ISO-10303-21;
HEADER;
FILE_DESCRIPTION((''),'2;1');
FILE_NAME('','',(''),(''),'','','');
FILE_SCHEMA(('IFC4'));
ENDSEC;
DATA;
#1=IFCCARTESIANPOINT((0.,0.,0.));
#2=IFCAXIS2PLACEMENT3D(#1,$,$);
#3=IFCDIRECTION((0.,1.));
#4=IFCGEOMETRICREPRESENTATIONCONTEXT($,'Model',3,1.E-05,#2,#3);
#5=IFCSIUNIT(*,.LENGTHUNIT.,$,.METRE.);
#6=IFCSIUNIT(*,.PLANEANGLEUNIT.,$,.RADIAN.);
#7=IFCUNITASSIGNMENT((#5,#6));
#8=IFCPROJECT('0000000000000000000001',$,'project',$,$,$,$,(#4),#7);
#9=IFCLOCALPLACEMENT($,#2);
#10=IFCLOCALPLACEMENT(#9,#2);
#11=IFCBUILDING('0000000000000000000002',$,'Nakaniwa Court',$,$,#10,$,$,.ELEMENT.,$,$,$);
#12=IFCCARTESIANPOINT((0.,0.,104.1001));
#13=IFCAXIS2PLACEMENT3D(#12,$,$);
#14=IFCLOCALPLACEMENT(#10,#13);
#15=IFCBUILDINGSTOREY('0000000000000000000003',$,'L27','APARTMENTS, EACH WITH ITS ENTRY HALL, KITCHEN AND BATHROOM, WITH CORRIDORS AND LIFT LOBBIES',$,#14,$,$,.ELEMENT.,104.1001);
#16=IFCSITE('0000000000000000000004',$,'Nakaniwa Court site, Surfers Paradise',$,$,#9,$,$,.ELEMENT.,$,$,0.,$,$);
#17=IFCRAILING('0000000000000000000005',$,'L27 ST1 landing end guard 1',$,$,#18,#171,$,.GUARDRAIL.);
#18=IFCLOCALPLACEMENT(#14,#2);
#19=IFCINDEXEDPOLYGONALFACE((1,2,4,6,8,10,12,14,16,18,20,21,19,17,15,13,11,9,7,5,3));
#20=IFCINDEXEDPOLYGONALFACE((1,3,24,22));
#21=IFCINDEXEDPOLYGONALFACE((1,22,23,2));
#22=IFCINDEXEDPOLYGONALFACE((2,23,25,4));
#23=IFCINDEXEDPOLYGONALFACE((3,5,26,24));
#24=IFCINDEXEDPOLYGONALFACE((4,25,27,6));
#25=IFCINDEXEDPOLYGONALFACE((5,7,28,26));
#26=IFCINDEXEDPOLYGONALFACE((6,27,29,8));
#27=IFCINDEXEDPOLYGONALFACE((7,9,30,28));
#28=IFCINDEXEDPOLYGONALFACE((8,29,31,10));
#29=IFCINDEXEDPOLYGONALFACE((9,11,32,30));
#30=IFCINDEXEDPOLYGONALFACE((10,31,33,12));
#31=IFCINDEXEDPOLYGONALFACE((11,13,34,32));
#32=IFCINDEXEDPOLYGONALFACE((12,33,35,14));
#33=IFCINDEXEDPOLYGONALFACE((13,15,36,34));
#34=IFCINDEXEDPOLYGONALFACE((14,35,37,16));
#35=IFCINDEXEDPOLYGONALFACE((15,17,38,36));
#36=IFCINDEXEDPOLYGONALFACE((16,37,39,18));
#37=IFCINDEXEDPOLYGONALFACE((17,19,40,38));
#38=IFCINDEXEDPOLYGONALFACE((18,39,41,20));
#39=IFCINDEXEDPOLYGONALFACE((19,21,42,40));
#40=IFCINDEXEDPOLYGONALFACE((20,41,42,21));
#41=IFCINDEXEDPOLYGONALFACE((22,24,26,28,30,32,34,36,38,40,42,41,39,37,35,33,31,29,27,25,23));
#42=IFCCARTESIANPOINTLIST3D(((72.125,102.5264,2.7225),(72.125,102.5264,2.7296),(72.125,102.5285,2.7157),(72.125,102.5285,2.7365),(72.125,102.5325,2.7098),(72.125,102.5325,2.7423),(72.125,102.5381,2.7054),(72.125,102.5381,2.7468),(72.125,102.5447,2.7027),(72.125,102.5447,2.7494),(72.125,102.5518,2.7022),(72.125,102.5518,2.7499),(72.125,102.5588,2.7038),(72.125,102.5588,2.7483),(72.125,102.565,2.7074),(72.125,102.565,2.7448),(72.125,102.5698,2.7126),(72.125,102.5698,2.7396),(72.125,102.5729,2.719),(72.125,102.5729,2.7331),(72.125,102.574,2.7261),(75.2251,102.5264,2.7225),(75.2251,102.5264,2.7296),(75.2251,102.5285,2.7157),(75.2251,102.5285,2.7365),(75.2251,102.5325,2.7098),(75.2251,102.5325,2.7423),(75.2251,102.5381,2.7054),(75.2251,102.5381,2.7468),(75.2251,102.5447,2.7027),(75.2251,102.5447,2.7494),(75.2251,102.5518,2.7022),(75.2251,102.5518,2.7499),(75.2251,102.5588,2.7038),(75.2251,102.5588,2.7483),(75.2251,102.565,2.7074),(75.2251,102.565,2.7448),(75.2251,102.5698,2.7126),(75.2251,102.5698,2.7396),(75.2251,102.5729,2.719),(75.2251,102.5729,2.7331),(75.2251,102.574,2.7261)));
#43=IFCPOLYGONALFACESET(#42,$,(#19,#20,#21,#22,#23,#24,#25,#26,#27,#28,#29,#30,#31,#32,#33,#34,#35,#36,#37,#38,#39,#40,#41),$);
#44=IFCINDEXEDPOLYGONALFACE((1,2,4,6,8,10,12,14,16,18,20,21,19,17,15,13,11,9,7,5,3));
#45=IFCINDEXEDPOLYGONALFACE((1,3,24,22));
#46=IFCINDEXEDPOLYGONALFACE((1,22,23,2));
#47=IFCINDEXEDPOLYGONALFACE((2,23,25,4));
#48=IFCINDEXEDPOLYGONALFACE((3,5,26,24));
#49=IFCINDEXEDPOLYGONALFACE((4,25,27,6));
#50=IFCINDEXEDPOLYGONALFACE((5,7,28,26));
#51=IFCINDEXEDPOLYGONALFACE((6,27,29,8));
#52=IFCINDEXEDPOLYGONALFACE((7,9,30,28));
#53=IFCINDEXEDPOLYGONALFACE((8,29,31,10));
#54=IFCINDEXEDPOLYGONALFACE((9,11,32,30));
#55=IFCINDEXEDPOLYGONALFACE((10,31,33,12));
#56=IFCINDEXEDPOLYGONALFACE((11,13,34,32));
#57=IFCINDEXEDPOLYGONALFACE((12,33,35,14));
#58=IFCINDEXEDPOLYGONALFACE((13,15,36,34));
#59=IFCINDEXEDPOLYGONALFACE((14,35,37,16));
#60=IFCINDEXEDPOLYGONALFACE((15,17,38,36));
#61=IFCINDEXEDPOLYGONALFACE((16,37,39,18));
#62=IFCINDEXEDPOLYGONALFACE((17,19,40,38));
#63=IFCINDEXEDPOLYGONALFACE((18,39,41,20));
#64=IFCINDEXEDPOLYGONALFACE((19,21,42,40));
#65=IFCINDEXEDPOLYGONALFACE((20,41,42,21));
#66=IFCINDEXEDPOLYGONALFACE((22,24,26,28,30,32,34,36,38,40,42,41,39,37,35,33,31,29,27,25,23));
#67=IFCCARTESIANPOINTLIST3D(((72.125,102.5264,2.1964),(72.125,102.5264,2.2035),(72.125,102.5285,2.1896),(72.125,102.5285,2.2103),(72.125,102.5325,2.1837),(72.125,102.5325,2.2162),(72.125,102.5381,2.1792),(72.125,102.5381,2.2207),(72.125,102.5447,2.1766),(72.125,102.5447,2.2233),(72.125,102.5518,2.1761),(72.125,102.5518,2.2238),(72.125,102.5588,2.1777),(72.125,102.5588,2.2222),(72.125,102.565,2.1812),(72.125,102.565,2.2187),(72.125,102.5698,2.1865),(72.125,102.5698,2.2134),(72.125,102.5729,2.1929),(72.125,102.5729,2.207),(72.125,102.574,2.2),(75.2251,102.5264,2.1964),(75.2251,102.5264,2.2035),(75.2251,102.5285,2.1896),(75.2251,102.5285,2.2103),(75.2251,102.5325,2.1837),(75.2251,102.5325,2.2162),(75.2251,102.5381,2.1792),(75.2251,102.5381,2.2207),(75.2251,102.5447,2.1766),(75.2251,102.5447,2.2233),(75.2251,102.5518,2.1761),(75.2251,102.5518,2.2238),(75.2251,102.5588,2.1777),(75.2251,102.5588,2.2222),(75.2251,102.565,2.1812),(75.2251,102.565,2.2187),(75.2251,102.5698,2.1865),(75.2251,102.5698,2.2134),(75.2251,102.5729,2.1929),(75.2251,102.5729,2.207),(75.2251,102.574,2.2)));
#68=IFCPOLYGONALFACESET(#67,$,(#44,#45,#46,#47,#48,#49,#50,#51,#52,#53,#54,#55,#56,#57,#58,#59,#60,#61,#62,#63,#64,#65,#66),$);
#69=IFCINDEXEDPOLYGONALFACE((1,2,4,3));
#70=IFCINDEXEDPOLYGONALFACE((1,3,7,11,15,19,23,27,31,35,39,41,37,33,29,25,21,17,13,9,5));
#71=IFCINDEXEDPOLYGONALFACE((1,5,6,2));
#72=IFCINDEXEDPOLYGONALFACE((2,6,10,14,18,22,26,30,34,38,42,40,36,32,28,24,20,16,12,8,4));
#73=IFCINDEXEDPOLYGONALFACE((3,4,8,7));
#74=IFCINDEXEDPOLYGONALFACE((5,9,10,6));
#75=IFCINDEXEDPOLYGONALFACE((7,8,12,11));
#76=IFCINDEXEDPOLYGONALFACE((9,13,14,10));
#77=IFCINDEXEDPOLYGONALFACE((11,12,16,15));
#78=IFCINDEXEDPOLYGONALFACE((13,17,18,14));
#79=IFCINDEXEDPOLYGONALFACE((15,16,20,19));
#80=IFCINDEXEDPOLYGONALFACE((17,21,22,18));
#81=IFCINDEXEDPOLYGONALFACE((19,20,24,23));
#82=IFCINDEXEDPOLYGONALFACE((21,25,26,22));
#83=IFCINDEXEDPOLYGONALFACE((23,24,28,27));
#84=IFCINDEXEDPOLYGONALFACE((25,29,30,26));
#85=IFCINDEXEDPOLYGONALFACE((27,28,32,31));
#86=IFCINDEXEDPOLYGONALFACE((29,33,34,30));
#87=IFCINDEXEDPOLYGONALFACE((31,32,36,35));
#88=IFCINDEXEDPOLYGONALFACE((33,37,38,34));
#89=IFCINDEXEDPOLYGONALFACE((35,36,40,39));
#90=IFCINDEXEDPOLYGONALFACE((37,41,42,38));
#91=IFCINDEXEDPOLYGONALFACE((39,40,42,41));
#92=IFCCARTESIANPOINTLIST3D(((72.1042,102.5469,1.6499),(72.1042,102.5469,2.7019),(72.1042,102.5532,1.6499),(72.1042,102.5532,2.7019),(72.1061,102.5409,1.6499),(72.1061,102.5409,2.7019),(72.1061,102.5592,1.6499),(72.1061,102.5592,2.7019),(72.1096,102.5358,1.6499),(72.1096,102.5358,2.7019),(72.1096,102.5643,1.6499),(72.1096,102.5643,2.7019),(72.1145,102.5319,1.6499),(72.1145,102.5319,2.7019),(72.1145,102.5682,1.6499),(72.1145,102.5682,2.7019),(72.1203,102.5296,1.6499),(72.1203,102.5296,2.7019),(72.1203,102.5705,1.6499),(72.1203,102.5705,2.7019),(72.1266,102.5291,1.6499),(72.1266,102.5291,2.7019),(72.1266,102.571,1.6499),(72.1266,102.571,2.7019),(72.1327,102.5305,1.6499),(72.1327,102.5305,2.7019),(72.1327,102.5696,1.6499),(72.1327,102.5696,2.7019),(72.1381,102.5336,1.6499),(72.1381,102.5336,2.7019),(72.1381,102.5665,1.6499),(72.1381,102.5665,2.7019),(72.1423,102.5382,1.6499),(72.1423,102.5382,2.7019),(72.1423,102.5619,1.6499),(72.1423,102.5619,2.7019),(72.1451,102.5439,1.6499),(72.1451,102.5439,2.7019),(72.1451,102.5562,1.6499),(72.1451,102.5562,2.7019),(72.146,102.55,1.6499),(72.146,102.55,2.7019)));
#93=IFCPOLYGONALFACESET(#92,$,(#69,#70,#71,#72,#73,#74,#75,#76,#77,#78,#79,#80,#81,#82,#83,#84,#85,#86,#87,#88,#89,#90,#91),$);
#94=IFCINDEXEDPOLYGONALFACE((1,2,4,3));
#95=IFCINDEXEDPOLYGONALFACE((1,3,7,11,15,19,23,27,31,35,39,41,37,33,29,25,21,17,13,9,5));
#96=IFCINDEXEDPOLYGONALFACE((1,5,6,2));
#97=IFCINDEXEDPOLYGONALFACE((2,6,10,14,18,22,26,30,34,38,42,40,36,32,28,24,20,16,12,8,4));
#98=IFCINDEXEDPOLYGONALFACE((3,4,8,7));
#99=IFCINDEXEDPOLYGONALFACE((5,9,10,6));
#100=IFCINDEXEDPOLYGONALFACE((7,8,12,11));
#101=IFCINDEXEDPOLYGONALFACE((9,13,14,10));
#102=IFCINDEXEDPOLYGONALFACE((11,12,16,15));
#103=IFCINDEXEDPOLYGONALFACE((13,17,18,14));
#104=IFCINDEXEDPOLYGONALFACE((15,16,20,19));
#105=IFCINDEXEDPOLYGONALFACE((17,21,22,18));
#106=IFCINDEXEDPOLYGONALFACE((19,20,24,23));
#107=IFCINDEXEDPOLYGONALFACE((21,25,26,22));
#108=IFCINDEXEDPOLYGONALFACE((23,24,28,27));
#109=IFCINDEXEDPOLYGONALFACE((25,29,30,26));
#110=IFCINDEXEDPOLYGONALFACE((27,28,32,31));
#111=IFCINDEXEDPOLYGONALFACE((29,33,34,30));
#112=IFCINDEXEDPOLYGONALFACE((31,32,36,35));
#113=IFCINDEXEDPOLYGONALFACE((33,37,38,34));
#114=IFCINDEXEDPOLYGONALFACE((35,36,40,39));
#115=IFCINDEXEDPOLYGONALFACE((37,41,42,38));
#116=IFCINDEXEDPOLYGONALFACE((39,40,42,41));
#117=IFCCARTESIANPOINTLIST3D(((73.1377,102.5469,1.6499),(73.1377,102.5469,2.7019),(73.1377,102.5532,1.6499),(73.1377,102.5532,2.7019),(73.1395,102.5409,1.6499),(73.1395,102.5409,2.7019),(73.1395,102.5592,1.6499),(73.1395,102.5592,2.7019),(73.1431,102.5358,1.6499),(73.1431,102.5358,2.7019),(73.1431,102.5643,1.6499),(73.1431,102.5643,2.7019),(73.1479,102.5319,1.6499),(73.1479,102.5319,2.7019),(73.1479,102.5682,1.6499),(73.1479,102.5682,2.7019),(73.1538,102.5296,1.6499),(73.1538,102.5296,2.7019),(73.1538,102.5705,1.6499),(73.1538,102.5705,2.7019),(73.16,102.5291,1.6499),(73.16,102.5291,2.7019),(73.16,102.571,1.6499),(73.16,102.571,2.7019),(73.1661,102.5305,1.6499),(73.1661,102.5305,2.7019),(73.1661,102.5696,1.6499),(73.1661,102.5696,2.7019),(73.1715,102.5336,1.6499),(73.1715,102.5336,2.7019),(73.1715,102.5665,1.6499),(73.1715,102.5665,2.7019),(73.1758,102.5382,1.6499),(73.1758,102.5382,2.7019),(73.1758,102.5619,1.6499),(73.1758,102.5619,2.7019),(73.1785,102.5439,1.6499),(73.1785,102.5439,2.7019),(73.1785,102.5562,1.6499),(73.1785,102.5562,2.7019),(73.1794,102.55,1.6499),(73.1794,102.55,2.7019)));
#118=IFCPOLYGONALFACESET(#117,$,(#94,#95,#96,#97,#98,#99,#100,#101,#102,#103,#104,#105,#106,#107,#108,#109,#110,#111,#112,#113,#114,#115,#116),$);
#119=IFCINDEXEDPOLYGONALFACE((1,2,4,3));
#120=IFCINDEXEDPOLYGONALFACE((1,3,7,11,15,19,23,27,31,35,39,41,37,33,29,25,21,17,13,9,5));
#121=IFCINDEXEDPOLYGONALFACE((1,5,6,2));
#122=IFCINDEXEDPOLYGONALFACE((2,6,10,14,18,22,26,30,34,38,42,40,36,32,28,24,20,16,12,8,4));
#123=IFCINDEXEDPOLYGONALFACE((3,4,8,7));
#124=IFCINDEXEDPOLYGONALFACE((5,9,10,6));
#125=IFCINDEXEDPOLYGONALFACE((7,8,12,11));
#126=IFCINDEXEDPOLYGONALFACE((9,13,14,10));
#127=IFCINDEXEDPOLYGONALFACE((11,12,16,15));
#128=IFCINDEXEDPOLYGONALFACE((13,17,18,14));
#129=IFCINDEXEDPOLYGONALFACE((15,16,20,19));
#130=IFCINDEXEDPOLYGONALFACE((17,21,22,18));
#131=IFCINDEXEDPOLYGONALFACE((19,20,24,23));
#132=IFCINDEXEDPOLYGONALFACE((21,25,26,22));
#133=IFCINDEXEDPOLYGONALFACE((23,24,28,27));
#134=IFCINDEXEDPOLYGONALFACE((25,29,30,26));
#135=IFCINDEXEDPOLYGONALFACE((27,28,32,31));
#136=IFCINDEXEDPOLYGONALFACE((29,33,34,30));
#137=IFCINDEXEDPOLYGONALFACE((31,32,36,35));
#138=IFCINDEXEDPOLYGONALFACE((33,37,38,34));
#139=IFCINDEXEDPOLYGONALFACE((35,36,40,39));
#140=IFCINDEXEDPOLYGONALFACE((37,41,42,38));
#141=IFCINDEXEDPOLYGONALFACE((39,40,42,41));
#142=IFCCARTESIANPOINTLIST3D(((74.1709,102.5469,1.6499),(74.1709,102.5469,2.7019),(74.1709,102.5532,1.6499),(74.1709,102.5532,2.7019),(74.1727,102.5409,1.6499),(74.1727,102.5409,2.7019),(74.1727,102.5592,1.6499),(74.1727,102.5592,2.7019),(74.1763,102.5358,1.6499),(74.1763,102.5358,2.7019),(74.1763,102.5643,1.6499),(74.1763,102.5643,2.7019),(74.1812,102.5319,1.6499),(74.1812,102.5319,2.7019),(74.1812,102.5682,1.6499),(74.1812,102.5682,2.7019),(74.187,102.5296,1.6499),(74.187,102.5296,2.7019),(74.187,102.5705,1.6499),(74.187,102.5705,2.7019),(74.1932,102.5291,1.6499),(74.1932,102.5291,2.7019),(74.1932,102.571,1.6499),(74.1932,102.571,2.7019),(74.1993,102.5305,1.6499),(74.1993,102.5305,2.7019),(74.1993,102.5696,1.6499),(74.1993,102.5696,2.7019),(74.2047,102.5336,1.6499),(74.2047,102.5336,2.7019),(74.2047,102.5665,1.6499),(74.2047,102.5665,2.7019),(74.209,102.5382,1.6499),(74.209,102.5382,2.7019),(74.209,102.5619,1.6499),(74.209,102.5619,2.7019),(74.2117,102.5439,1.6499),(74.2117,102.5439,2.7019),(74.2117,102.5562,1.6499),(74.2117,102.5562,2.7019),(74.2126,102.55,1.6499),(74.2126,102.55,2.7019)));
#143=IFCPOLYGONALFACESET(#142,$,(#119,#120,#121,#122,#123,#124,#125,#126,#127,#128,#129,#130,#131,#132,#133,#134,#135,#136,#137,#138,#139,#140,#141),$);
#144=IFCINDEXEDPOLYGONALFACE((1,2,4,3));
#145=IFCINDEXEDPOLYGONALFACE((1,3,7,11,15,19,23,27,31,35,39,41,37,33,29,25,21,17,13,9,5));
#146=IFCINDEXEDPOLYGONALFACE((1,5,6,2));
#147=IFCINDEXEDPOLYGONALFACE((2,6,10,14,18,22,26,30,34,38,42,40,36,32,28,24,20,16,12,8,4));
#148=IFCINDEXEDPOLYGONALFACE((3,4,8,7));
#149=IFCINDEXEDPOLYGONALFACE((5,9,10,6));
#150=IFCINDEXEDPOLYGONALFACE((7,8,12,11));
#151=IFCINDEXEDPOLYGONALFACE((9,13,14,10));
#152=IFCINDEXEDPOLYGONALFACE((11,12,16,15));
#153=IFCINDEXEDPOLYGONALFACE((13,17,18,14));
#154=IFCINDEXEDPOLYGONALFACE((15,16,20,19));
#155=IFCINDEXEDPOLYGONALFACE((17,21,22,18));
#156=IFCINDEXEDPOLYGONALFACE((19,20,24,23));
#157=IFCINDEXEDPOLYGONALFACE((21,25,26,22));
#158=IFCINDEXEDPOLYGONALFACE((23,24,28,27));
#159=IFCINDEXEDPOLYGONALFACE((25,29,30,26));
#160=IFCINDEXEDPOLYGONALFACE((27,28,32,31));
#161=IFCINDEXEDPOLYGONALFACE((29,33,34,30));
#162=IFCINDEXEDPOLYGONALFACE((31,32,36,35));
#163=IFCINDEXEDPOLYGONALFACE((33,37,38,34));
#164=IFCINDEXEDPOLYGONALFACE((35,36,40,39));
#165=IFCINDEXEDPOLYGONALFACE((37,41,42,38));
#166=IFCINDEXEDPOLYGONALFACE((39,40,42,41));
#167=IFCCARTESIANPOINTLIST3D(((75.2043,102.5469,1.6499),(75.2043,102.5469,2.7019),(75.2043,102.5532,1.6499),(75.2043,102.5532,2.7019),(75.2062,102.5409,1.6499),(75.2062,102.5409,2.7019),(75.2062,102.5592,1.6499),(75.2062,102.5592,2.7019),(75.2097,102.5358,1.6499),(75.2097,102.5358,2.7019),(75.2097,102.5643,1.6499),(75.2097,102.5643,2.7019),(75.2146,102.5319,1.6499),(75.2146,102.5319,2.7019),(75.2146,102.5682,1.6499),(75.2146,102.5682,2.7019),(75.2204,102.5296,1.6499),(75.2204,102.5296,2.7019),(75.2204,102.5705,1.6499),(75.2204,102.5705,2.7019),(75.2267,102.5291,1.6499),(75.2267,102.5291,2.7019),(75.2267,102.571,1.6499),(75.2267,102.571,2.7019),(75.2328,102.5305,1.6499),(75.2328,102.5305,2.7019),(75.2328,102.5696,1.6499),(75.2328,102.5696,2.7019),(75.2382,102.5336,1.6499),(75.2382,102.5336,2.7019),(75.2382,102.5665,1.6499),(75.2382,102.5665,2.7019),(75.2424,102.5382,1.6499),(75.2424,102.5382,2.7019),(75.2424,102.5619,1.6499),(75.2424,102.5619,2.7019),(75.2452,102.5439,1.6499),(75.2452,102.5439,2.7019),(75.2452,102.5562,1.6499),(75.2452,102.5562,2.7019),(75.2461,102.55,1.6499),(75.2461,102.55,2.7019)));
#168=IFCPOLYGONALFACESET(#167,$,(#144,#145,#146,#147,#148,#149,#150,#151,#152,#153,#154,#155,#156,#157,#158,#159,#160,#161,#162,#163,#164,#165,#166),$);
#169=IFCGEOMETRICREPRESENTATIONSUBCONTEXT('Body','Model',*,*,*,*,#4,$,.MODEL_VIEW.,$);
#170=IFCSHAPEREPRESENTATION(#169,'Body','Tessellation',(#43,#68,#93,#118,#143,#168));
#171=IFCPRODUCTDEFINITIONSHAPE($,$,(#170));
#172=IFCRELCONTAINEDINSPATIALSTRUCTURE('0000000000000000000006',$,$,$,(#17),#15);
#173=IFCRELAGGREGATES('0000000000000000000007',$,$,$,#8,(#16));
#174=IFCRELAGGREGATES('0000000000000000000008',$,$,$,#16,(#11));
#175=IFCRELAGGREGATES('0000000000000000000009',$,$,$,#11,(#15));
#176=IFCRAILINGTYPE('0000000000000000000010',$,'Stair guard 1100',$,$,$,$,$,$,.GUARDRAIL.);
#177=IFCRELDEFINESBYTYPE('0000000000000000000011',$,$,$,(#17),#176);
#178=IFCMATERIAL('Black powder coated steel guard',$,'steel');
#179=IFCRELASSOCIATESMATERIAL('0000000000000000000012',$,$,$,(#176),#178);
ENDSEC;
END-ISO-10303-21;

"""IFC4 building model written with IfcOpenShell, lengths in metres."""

from ifc_helpers import new_model, si_unit, direction, frame, origin, origin_2d, place, context, subcontext, project, spatial, circle, extrude, material, type_object, element, save


model = new_model("IFC4")

# Units and contexts
model_context = context("Model", 3, precision=1e-05, world=origin(), true_north=direction((0.0, 1.0)))
body_context = subcontext(model_context, "Body", "Model", "MODEL_VIEW")
ifc_project = project(units=[si_unit("LENGTHUNIT", "METRE"), si_unit("PLANEANGLEUNIT", "RADIAN")], contexts=[model_context])

# Site, building, storey
site_placement = place(None, origin())
site = spatial("IfcSite", under=ifc_project, at=site_placement, Name="Nakaniwa Court site, Surfers Paradise", CompositionType="ELEMENT", RefElevation=0.0)
building_placement = place(site_placement, origin())
building = spatial("IfcBuilding", under=site, at=building_placement, Name="Nakaniwa Court", CompositionType="ELEMENT")
storey_placement = place(building_placement, frame((0.0, 0.0, 104.1001)))
storey = spatial("IfcBuildingStorey", under=building, at=storey_placement, Name="L27", Description="APARTMENTS, EACH WITH ITS ENTRY HALL, KITCHEN AND BATHROOM, WITH CORRIDORS AND LIFT LOBBIES", CompositionType="ELEMENT", Elevation=104.1001)

# Railing
ifc_material_1 = material(Name="Black powder coated steel guard", Category="steel")
railing_type_1 = type_object("IfcRailingType", Name="Stair guard 1100", PredefinedType="GUARDRAIL", material=ifc_material_1)
railing_1_placement = place(storey_placement, frame((72.125, 102.55, 1.6499)))
element("IfcRailing", 1, at=railing_1_placement, inside=storey, type_object=railing_type_1, Name="L27 ST1 landing end guard 1", PredefinedType="GUARDRAIL", context=body_context, shape_type="SweptSolid", body=[
    extrude(circle(Radius=0.0239, at=origin_2d()), frame((0.0, 0.0, 1.0762), z_axis=(1.0, 0.0, 0.0), x_axis=(0.0, 1.0, 0.0)), (0.0, 0.0, 1.0), 3.1001),
    extrude(circle(Radius=0.0239, at=origin_2d()), frame((0.0, 0.0, 0.55), z_axis=(1.0, 0.0, 0.0), x_axis=(0.0, 1.0, 0.0)), (0.0, 0.0, 1.0), 3.1001),
    extrude(circle(Radius=0.021, at=origin_2d()), origin(), (0.0, 0.0, 1.0), 1.052),
    extrude(circle(Radius=0.021, at=origin_2d()), frame((1.0334, 0.0, 0.0)), (0.0, 0.0, 1.0), 1.052),
    extrude(circle(Radius=0.021, at=origin_2d()), frame((2.0667, 0.0, 0.0)), (0.0, 0.0, 1.0), 1.052),
    extrude(circle(Radius=0.021, at=origin_2d()), frame((3.1001, 0.0, 0.0)), (0.0, 0.0, 1.0), 1.052),
])

save(model, "model.ifc")
